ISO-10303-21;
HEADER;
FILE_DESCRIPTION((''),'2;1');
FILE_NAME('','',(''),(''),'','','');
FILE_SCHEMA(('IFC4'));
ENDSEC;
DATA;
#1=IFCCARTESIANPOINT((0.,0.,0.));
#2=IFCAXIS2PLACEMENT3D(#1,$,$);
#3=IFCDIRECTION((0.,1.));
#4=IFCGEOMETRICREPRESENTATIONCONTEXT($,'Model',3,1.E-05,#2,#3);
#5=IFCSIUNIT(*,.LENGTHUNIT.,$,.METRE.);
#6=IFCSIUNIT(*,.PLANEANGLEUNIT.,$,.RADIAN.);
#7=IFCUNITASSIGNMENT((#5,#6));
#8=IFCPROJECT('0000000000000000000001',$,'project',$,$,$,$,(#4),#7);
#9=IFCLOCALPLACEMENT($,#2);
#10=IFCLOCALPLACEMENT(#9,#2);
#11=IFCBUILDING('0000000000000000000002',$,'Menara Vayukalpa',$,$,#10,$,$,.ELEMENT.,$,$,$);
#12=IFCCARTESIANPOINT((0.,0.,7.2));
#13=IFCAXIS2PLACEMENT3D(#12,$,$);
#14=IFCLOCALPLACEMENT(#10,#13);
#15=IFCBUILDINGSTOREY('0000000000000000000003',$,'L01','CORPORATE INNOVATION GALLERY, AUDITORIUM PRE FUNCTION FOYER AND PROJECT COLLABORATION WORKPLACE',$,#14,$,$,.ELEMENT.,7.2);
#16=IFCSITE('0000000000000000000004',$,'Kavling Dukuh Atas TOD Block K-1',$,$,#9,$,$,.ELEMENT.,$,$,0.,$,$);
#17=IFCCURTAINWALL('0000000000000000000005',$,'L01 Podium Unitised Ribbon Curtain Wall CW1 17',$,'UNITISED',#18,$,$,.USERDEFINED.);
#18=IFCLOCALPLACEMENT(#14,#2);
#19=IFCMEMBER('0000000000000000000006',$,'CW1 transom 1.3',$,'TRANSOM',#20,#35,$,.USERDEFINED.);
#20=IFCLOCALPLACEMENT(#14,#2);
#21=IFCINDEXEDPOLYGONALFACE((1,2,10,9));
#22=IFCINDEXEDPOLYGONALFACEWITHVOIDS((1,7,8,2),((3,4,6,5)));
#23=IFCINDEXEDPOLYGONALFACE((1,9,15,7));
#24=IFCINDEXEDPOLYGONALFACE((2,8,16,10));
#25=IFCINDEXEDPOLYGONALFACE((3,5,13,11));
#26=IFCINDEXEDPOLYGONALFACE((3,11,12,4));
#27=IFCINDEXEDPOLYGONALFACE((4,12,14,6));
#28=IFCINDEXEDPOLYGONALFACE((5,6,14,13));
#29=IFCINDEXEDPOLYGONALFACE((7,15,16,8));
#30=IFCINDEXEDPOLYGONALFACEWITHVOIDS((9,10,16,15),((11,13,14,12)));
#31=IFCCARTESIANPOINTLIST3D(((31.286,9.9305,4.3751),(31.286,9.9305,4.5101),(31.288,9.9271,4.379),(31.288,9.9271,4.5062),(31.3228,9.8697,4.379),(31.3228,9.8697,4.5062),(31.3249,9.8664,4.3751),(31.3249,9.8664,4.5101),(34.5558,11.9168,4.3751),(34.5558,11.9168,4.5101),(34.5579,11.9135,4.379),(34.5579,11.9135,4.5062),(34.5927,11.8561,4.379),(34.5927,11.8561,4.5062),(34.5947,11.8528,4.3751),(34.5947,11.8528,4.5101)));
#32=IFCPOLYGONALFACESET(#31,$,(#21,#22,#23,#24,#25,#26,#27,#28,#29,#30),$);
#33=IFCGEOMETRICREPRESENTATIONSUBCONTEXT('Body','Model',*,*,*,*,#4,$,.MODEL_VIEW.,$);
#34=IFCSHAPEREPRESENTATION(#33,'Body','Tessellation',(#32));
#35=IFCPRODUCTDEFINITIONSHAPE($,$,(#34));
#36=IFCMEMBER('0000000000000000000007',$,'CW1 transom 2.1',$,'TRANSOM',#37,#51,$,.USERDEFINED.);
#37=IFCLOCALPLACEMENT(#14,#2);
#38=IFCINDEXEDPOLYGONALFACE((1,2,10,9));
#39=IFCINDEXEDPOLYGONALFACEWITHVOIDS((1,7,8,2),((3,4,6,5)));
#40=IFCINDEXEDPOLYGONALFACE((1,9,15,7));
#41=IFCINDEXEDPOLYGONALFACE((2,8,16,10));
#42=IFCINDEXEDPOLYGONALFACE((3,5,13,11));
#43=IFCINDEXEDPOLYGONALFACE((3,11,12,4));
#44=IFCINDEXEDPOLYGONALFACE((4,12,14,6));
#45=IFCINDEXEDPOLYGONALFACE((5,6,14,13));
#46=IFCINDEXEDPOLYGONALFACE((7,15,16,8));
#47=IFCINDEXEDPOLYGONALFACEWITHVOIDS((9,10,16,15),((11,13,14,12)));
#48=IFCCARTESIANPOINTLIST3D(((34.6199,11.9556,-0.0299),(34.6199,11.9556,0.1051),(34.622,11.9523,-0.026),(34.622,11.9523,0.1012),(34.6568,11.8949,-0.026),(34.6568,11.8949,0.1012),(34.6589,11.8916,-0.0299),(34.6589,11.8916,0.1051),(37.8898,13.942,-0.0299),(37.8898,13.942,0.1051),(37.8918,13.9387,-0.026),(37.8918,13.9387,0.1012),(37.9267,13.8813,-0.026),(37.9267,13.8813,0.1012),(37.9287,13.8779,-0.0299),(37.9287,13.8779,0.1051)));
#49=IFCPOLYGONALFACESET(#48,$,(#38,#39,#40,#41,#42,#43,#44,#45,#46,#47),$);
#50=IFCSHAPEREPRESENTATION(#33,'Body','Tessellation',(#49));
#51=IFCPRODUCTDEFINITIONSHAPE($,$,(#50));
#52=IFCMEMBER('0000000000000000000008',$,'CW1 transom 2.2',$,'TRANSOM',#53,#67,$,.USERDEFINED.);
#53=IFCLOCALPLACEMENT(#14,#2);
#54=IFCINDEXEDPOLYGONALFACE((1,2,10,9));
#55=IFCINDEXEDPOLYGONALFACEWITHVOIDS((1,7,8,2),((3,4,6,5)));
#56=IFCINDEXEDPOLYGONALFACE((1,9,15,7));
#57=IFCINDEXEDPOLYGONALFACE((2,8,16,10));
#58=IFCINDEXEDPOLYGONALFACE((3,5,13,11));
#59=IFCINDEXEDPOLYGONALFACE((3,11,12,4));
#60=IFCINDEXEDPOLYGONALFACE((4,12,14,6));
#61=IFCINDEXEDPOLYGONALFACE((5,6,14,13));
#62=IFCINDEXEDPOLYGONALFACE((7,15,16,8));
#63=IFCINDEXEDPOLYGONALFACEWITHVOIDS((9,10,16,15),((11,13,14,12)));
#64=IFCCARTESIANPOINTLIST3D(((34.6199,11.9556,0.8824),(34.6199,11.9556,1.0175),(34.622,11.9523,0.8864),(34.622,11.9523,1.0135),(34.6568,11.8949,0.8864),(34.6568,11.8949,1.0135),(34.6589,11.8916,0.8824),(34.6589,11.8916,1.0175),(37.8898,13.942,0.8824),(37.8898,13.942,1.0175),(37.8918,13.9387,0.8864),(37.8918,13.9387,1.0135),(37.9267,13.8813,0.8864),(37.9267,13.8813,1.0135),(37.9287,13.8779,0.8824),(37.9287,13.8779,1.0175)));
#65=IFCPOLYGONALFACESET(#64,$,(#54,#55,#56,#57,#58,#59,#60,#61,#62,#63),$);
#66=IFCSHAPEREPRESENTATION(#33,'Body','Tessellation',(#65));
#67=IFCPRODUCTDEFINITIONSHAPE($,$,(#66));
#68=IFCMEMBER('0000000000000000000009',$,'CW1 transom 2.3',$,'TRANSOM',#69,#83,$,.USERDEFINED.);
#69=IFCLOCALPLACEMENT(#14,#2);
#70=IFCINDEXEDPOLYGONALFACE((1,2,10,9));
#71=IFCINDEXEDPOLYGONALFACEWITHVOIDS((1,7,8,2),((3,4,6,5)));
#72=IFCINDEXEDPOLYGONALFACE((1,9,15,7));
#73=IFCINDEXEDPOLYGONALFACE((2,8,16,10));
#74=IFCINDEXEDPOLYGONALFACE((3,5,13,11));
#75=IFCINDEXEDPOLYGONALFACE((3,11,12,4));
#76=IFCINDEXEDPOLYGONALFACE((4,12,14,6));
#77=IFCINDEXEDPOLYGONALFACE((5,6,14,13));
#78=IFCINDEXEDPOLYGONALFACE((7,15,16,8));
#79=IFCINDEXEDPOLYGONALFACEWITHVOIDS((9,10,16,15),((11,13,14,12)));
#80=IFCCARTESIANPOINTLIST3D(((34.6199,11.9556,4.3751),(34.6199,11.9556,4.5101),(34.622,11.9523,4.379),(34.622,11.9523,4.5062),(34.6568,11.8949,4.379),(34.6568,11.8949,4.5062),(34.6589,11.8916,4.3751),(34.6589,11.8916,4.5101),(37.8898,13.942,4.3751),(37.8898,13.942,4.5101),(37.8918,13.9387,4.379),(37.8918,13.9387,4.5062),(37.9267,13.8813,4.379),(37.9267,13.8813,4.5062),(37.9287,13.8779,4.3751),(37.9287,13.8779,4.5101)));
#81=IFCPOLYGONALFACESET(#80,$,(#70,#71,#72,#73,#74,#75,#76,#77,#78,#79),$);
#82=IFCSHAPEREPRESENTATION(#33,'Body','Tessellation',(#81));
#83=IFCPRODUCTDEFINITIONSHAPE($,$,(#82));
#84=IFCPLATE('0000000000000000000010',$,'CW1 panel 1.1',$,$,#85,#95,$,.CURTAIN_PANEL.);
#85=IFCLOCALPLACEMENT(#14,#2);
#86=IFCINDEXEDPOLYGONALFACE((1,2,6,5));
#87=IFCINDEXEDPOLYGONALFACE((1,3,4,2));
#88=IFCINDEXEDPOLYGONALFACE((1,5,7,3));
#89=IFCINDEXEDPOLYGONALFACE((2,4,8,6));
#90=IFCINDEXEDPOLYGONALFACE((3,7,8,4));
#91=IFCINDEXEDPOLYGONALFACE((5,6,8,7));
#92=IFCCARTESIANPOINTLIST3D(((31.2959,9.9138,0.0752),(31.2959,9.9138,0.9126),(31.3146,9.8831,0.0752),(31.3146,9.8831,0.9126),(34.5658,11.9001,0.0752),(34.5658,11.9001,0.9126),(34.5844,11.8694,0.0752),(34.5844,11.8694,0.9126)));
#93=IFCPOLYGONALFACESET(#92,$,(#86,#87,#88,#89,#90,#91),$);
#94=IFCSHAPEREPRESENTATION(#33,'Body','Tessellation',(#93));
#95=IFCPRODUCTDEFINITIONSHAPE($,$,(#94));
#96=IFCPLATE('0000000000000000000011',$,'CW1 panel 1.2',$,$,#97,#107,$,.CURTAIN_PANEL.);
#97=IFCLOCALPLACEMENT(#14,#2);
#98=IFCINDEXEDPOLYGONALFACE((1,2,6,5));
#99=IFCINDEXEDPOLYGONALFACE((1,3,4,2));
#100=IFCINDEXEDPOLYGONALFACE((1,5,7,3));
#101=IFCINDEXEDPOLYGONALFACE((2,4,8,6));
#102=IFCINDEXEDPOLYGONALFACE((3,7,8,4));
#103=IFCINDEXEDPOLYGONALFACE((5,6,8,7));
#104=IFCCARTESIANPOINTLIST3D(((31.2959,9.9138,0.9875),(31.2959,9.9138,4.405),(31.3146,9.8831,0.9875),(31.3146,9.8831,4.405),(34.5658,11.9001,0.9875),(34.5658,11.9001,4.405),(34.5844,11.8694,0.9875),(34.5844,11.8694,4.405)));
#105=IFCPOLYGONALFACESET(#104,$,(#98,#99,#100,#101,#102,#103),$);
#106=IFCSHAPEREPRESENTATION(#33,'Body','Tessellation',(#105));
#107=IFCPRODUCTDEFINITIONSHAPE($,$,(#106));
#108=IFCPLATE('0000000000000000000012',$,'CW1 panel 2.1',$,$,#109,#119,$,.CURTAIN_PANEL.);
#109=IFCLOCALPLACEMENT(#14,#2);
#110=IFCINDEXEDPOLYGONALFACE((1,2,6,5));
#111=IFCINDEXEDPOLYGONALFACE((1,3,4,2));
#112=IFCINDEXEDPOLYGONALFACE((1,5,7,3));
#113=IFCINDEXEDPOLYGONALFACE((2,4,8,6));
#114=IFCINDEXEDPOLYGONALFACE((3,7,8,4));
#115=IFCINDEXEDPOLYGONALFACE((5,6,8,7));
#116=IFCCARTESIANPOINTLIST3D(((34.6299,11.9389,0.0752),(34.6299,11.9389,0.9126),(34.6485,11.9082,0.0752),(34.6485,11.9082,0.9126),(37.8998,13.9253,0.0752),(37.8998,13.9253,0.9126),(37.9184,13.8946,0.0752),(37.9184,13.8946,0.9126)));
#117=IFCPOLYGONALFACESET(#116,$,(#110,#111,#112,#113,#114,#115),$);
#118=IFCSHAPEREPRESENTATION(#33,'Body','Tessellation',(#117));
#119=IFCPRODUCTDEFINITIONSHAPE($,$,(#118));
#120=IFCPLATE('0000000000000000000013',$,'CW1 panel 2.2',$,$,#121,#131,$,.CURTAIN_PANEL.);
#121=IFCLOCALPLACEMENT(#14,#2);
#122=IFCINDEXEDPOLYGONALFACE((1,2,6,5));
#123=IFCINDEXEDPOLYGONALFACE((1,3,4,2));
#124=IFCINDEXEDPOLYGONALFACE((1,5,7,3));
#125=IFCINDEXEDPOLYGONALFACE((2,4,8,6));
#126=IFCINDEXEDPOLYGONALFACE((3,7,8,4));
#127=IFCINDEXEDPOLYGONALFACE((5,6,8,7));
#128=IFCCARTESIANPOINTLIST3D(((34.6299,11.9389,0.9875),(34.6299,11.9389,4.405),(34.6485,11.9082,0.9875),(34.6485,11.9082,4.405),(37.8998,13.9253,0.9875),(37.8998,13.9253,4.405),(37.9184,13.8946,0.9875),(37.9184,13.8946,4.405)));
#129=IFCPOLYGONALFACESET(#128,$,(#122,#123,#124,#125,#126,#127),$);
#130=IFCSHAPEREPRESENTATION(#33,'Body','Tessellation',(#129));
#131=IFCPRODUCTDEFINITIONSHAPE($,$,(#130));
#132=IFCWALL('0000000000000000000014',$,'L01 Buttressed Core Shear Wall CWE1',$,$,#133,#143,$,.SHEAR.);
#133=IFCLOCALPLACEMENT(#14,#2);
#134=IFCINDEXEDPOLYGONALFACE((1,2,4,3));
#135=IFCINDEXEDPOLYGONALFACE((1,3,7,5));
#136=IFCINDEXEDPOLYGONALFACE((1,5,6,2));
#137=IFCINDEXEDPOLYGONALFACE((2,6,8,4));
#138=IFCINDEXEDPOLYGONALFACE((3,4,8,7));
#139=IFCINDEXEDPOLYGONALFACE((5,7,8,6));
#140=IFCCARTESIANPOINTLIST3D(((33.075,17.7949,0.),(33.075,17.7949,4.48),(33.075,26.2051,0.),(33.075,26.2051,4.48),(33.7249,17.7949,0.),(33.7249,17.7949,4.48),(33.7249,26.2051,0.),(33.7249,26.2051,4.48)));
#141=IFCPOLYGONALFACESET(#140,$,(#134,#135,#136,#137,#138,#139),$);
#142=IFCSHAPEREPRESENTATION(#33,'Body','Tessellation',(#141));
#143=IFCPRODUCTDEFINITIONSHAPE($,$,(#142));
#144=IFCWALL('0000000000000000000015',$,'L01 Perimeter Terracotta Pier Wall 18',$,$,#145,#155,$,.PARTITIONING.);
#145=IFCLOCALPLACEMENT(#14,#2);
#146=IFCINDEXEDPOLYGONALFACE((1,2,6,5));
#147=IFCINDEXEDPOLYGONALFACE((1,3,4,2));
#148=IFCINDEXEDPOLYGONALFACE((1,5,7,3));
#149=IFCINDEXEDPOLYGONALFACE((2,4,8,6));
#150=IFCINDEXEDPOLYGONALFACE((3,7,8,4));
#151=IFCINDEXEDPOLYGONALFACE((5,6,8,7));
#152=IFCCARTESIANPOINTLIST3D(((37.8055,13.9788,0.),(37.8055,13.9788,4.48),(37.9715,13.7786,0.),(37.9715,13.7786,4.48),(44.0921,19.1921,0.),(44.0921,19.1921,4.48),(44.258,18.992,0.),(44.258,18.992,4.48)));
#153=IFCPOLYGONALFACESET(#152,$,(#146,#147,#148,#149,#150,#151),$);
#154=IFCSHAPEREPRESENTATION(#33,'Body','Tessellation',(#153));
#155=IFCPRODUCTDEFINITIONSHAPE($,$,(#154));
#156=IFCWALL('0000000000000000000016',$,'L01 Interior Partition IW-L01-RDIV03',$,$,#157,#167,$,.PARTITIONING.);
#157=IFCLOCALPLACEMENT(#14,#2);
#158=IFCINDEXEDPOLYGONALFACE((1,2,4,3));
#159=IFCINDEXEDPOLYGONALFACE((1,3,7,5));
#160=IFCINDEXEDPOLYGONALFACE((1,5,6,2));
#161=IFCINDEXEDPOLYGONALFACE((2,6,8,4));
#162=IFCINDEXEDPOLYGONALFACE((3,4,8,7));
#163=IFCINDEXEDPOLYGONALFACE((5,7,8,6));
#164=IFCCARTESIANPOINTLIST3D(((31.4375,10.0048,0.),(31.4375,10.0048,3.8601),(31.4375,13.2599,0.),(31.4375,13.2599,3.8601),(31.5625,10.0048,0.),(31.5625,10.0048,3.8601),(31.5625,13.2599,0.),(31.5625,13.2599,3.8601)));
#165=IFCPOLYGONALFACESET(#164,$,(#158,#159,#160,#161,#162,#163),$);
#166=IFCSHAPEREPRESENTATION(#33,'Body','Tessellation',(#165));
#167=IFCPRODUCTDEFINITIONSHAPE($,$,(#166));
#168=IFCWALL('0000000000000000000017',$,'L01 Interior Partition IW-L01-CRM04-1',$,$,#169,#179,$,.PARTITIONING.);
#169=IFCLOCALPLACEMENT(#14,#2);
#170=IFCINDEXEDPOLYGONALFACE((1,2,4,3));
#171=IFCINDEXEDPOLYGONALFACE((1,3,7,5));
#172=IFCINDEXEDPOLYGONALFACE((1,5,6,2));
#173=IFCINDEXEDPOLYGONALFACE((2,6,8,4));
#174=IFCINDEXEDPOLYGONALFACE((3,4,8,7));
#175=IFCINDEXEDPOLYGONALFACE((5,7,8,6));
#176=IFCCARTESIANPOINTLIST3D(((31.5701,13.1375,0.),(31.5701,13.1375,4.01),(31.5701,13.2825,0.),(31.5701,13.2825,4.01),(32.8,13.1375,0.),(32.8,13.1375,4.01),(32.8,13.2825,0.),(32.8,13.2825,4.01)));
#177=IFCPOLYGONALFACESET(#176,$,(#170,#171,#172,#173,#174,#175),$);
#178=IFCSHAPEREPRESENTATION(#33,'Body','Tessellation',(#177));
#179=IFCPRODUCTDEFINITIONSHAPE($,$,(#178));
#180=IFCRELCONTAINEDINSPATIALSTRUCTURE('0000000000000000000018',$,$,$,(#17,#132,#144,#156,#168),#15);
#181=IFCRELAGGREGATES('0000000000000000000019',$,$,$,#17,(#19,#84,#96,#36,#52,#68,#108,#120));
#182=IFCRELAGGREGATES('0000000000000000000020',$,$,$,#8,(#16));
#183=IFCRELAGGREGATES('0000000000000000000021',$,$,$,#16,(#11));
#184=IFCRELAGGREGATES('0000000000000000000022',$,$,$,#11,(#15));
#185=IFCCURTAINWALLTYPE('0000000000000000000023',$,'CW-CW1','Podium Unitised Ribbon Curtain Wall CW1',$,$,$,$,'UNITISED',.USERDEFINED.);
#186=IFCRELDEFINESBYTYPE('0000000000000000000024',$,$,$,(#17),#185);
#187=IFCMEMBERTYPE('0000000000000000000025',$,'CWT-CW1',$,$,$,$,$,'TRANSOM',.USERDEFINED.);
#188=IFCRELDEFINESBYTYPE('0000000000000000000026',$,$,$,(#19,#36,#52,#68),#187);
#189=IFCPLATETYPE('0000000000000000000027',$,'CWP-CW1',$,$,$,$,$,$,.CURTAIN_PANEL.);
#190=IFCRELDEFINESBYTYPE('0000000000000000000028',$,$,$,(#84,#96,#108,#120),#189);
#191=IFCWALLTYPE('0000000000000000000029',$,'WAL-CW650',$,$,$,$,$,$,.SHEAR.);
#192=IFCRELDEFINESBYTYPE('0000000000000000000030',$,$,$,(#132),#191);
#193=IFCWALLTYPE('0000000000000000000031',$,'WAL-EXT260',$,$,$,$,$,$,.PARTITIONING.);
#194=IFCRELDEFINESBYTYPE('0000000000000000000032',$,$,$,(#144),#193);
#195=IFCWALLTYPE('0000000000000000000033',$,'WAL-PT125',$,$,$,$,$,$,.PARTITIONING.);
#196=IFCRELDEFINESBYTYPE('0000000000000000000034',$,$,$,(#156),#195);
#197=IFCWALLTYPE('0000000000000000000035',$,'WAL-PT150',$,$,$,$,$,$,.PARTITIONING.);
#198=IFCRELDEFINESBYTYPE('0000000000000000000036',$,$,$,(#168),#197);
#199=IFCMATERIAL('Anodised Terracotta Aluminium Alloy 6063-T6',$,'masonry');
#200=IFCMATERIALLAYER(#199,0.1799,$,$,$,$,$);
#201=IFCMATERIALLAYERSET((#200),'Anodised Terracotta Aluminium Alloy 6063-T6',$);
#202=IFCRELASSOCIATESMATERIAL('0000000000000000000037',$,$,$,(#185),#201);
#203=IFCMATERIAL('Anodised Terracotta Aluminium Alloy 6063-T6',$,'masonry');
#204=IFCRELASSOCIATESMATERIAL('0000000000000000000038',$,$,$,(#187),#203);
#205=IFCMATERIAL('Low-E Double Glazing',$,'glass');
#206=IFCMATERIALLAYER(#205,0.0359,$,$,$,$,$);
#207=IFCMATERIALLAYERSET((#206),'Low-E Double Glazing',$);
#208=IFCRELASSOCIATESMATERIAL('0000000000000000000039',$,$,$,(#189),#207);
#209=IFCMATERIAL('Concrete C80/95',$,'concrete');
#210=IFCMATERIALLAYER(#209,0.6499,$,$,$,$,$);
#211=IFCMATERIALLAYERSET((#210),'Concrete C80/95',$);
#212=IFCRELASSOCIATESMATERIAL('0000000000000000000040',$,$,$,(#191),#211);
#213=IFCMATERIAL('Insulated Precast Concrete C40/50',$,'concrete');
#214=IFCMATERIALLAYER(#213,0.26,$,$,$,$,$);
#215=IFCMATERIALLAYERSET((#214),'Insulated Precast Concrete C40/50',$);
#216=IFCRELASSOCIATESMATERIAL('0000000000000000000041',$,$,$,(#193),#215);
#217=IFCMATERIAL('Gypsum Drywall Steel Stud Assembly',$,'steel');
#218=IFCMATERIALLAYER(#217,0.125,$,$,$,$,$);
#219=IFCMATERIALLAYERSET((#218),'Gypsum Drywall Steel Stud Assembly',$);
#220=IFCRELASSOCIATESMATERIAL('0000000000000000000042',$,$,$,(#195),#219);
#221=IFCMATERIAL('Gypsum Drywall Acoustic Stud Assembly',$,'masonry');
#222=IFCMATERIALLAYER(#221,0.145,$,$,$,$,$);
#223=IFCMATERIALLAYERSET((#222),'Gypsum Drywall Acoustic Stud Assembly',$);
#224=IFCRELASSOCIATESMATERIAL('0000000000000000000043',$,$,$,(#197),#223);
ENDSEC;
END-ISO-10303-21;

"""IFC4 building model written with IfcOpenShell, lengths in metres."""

from ifc_helpers import new_model, si_unit, direction, frame, frame_2d, origin, origin_2d, place, context, subcontext, project, spatial, rectangle, hollow_rectangle, extrude, material, layer, layer_set, material_profile, profile_set, type_object, element, aggregate, save


model = new_model("IFC4")

# Units and contexts
model_context = context("Model", 3, precision=1e-05, world=origin(), true_north=direction((0.0, 1.0)))
body_context = subcontext(model_context, "Body", "Model", "MODEL_VIEW")
ifc_project = project(units=[si_unit("LENGTHUNIT", "METRE"), si_unit("PLANEANGLEUNIT", "RADIAN")], contexts=[model_context])

# Site, building, storey
site_placement = place(None, origin())
site = spatial("IfcSite", under=ifc_project, at=site_placement, Name="Kavling Dukuh Atas TOD Block K-1", CompositionType="ELEMENT", RefElevation=0.0)
building_placement = place(site_placement, origin())
building = spatial("IfcBuilding", under=site, at=building_placement, Name="Menara Vayukalpa", CompositionType="ELEMENT")
storey_placement = place(building_placement, frame((0.0, 0.0, 7.2)))
storey = spatial("IfcBuildingStorey", under=building, at=storey_placement, Name="L01", Description="CORPORATE INNOVATION GALLERY, AUDITORIUM PRE FUNCTION FOYER AND PROJECT COLLABORATION WORKPLACE", CompositionType="ELEMENT", Elevation=7.2)

# Curtain wall, members, plates
ifc_material_1 = material(Name="Anodised Terracotta Aluminium Alloy 6063-T6", Category="masonry")
ifc_layer_1 = layer(ifc_material_1, 0.1799)
ifc_layer_set_1 = layer_set([ifc_layer_1], Name="Anodised Terracotta Aluminium Alloy 6063-T6")
curtain_wall_type = type_object("IfcCurtainWallType", Name="CW-CW1", Description="Podium Unitised Ribbon Curtain Wall CW1", ElementType="UNITISED", PredefinedType="USERDEFINED", material=ifc_layer_set_1)
curtain_wall_placement = place(storey_placement, origin())
curtain_wall = element("IfcCurtainWall", 1, at=curtain_wall_placement, inside=storey, type_object=curtain_wall_type, Name="L01 Podium Unitised Ribbon Curtain Wall CW1 17", ObjectType="UNITISED", PredefinedType="USERDEFINED")
ifc_material_2 = material(Name="Anodised Terracotta Aluminium Alloy 6063-T6", Category="masonry")
ifc_material_profile_1 = material_profile(ifc_material_2, hollow_rectangle(XDim=0.075, YDim=0.135, WallThickness=0.0039, at=origin_2d()), Name="ALU 75x135x4")
ifc_profile_set_1 = profile_set([ifc_material_profile_1], Name="Anodised Terracotta Aluminium Alloy 6063-T6")
member_type_1 = type_object("IfcMemberType", Name="CWT-CW1", ElementType="TRANSOM", PredefinedType="USERDEFINED", material=ifc_profile_set_1)
member_1_placement = place(storey_placement, frame((31.3054, 9.8984, 4.4426), z_axis=(0.854659, 0.51919, 0.0), x_axis=(-0.51919, 0.854659, 0.0)))
member_1 = element("IfcMember", 2, at=member_1_placement, type_object=member_type_1, Name="CW1 transom 1.3", ObjectType="TRANSOM", PredefinedType="USERDEFINED", context=body_context, shape_type="SweptSolid", body=[
    extrude(hollow_rectangle(XDim=0.075, YDim=0.135, WallThickness=0.0039, at=origin_2d()), origin(), (0.0, 0.0, 1.0), 3.8259),
])
member_2_placement = place(storey_placement, frame((34.6394, 11.9236, 0.0376), z_axis=(0.854659, 0.51919, 0.0), x_axis=(-0.51919, 0.854659, 0.0)))
member_2 = element("IfcMember", 3, at=member_2_placement, type_object=member_type_1, Name="CW1 transom 2.1", ObjectType="TRANSOM", PredefinedType="USERDEFINED", context=body_context, shape_type="SweptSolid", body=[
    extrude(hollow_rectangle(XDim=0.075, YDim=0.135, WallThickness=0.0039, at=origin_2d()), origin(), (0.0, 0.0, 1.0), 3.8259),
])
member_3_placement = place(storey_placement, frame((34.6394, 11.9236, 0.95), z_axis=(0.854659, 0.51919, 0.0), x_axis=(-0.51919, 0.854659, 0.0)))
member_3 = element("IfcMember", 4, at=member_3_placement, type_object=member_type_1, Name="CW1 transom 2.2", ObjectType="TRANSOM", PredefinedType="USERDEFINED", context=body_context, shape_type="SweptSolid", body=[
    extrude(hollow_rectangle(XDim=0.075, YDim=0.135, WallThickness=0.0039, at=origin_2d()), origin(), (0.0, 0.0, 1.0), 3.8259),
])
member_4_placement = place(storey_placement, frame((34.6394, 11.9236, 4.4426), z_axis=(0.854659, 0.51919, 0.0), x_axis=(-0.51919, 0.854659, 0.0)))
member_4 = element("IfcMember", 5, at=member_4_placement, type_object=member_type_1, Name="CW1 transom 2.3", ObjectType="TRANSOM", PredefinedType="USERDEFINED", context=body_context, shape_type="SweptSolid", body=[
    extrude(hollow_rectangle(XDim=0.075, YDim=0.135, WallThickness=0.0039, at=origin_2d()), origin(), (0.0, 0.0, 1.0), 3.8259),
])
ifc_material_3 = material(Name="Low-E Double Glazing", Category="glass")
ifc_layer_2 = layer(ifc_material_3, 0.0359)
ifc_layer_set_2 = layer_set([ifc_layer_2], Name="Low-E Double Glazing")
plate_type = type_object("IfcPlateType", Name="CWP-CW1", PredefinedType="CURTAIN_PANEL", material=ifc_layer_set_2)
plate_1_placement = place(storey_placement, frame((32.9402, 10.8916, 0.0752), z_axis=(0.0, 0.0, 1.0), x_axis=(0.854665, 0.51918, 0.0)))
plate_1 = element("IfcPlate", 6, at=plate_1_placement, type_object=plate_type, Name="CW1 panel 1.1", PredefinedType="CURTAIN_PANEL", context=body_context, shape_type="SweptSolid", body=[
    extrude(rectangle(XDim=3.8259, YDim=0.0359, at=origin_2d()), origin(), (0.0, 0.0, 1.0), 0.8374),
])
plate_2_placement = place(storey_placement, frame((32.9402, 10.8916, 0.9875), z_axis=(0.0, 0.0, 1.0), x_axis=(0.854665, 0.51918, 0.0)))
plate_2 = element("IfcPlate", 7, at=plate_2_placement, type_object=plate_type, Name="CW1 panel 1.2", PredefinedType="CURTAIN_PANEL", context=body_context, shape_type="SweptSolid", body=[
    extrude(rectangle(XDim=3.8259, YDim=0.0359, at=origin_2d()), origin(), (0.0, 0.0, 1.0), 3.4175),
])
plate_3_placement = place(storey_placement, frame((36.2742, 12.9167, 0.0752), z_axis=(0.0, 0.0, 1.0), x_axis=(0.854665, 0.51918, 0.0)))
plate_3 = element("IfcPlate", 8, at=plate_3_placement, type_object=plate_type, Name="CW1 panel 2.1", PredefinedType="CURTAIN_PANEL", context=body_context, shape_type="SweptSolid", body=[
    extrude(rectangle(XDim=3.8259, YDim=0.0359, at=origin_2d()), origin(), (0.0, 0.0, 1.0), 0.8374),
])
plate_4_placement = place(storey_placement, frame((36.2742, 12.9167, 0.9875), z_axis=(0.0, 0.0, 1.0), x_axis=(0.854665, 0.51918, 0.0)))
plate_4 = element("IfcPlate", 9, at=plate_4_placement, type_object=plate_type, Name="CW1 panel 2.2", PredefinedType="CURTAIN_PANEL", context=body_context, shape_type="SweptSolid", body=[
    extrude(rectangle(XDim=3.8259, YDim=0.0359, at=origin_2d()), origin(), (0.0, 0.0, 1.0), 3.4175),
])
aggregate(curtain_wall, [member_1, plate_1, plate_2, member_2, member_3, member_4, plate_3, plate_4])

# Walls
ifc_material_4 = material(Name="Concrete C80/95", Category="concrete")
ifc_layer_3 = layer(ifc_material_4, 0.6499)
ifc_layer_set_3 = layer_set([ifc_layer_3], Name="Concrete C80/95")
wall_type_1 = type_object("IfcWallType", Name="WAL-CW650", PredefinedType="SHEAR", material=ifc_layer_set_3)
wall_1_placement = place(storey_placement, frame((33.3999, 17.7949, 0.0), z_axis=(0.0, 0.0, 1.0), x_axis=(0.0, 1.0, 0.0)))
element("IfcWall", 10, at=wall_1_placement, inside=storey, type_object=wall_type_1, Name="L01 Buttressed Core Shear Wall CWE1", PredefinedType="SHEAR", context=body_context, shape_type="SweptSolid", body=[
    extrude(rectangle(XDim=8.4102, YDim=0.6499, at=frame_2d((4.2051, 0.0))), origin(), (0.0, 0.0, 1.0), 4.48),
])
ifc_material_5 = material(Name="Insulated Precast Concrete C40/50", Category="concrete")
ifc_layer_4 = layer(ifc_material_5, 0.26)
ifc_layer_set_4 = layer_set([ifc_layer_4], Name="Insulated Precast Concrete C40/50")
wall_type_2 = type_object("IfcWallType", Name="WAL-EXT260", PredefinedType="PARTITIONING", material=ifc_layer_set_4)
wall_2_placement = place(storey_placement, frame((44.175, 19.092, 0.0), z_axis=(0.0, 0.0, 1.0), x_axis=(-0.769753, -0.638342, 0.0)))
element("IfcWall", 11, at=wall_2_placement, inside=storey, type_object=wall_type_2, Name="L01 Perimeter Terracotta Pier Wall 18", PredefinedType="PARTITIONING", context=body_context, shape_type="SweptSolid", body=[
    extrude(rectangle(XDim=8.167, YDim=0.26, at=frame_2d((4.0835, 0.0))), origin(), (0.0, 0.0, 1.0), 4.48),
])
ifc_material_6 = material(Name="Gypsum Drywall Steel Stud Assembly", Category="steel")
ifc_layer_5 = layer(ifc_material_6, 0.125)
ifc_layer_set_5 = layer_set([ifc_layer_5], Name="Gypsum Drywall Steel Stud Assembly")
wall_type_3 = type_object("IfcWallType", Name="WAL-PT125", PredefinedType="PARTITIONING", material=ifc_layer_set_5)
wall_3_placement = place(storey_placement, frame((31.5, 10.0049, 0.0), z_axis=(0.0, 0.0, 1.0), x_axis=(0.0, 1.0, 0.0)))
element("IfcWall", 12, at=wall_3_placement, inside=storey, type_object=wall_type_3, Name="L01 Interior Partition IW-L01-RDIV03", PredefinedType="PARTITIONING", context=body_context, shape_type="SweptSolid", body=[
    extrude(rectangle(XDim=3.2551, YDim=0.125, at=frame_2d((1.6274, 0.0))), origin(), (0.0, 0.0, 1.0), 3.8601),
])
ifc_material_7 = material(Name="Gypsum Drywall Acoustic Stud Assembly", Category="masonry")
ifc_layer_6 = layer(ifc_material_7, 0.145)
ifc_layer_set_6 = layer_set([ifc_layer_6], Name="Gypsum Drywall Acoustic Stud Assembly")
wall_type_4 = type_object("IfcWallType", Name="WAL-PT150", PredefinedType="PARTITIONING", material=ifc_layer_set_6)
wall_4_placement = place(storey_placement, frame((31.5701, 13.21, 0.0), z_axis=(0.0, 0.0, 1.0), x_axis=(1.0, 0.0, 0.0)))
element("IfcWall", 13, at=wall_4_placement, inside=storey, type_object=wall_type_4, Name="L01 Interior Partition IW-L01-CRM04-1", PredefinedType="PARTITIONING", context=body_context, shape_type="SweptSolid", body=[
    extrude(rectangle(XDim=1.23, YDim=0.145, at=frame_2d((0.615, 0.0))), origin(), (0.0, 0.0, 1.0), 4.01),
])

save(model, "model.ifc")
